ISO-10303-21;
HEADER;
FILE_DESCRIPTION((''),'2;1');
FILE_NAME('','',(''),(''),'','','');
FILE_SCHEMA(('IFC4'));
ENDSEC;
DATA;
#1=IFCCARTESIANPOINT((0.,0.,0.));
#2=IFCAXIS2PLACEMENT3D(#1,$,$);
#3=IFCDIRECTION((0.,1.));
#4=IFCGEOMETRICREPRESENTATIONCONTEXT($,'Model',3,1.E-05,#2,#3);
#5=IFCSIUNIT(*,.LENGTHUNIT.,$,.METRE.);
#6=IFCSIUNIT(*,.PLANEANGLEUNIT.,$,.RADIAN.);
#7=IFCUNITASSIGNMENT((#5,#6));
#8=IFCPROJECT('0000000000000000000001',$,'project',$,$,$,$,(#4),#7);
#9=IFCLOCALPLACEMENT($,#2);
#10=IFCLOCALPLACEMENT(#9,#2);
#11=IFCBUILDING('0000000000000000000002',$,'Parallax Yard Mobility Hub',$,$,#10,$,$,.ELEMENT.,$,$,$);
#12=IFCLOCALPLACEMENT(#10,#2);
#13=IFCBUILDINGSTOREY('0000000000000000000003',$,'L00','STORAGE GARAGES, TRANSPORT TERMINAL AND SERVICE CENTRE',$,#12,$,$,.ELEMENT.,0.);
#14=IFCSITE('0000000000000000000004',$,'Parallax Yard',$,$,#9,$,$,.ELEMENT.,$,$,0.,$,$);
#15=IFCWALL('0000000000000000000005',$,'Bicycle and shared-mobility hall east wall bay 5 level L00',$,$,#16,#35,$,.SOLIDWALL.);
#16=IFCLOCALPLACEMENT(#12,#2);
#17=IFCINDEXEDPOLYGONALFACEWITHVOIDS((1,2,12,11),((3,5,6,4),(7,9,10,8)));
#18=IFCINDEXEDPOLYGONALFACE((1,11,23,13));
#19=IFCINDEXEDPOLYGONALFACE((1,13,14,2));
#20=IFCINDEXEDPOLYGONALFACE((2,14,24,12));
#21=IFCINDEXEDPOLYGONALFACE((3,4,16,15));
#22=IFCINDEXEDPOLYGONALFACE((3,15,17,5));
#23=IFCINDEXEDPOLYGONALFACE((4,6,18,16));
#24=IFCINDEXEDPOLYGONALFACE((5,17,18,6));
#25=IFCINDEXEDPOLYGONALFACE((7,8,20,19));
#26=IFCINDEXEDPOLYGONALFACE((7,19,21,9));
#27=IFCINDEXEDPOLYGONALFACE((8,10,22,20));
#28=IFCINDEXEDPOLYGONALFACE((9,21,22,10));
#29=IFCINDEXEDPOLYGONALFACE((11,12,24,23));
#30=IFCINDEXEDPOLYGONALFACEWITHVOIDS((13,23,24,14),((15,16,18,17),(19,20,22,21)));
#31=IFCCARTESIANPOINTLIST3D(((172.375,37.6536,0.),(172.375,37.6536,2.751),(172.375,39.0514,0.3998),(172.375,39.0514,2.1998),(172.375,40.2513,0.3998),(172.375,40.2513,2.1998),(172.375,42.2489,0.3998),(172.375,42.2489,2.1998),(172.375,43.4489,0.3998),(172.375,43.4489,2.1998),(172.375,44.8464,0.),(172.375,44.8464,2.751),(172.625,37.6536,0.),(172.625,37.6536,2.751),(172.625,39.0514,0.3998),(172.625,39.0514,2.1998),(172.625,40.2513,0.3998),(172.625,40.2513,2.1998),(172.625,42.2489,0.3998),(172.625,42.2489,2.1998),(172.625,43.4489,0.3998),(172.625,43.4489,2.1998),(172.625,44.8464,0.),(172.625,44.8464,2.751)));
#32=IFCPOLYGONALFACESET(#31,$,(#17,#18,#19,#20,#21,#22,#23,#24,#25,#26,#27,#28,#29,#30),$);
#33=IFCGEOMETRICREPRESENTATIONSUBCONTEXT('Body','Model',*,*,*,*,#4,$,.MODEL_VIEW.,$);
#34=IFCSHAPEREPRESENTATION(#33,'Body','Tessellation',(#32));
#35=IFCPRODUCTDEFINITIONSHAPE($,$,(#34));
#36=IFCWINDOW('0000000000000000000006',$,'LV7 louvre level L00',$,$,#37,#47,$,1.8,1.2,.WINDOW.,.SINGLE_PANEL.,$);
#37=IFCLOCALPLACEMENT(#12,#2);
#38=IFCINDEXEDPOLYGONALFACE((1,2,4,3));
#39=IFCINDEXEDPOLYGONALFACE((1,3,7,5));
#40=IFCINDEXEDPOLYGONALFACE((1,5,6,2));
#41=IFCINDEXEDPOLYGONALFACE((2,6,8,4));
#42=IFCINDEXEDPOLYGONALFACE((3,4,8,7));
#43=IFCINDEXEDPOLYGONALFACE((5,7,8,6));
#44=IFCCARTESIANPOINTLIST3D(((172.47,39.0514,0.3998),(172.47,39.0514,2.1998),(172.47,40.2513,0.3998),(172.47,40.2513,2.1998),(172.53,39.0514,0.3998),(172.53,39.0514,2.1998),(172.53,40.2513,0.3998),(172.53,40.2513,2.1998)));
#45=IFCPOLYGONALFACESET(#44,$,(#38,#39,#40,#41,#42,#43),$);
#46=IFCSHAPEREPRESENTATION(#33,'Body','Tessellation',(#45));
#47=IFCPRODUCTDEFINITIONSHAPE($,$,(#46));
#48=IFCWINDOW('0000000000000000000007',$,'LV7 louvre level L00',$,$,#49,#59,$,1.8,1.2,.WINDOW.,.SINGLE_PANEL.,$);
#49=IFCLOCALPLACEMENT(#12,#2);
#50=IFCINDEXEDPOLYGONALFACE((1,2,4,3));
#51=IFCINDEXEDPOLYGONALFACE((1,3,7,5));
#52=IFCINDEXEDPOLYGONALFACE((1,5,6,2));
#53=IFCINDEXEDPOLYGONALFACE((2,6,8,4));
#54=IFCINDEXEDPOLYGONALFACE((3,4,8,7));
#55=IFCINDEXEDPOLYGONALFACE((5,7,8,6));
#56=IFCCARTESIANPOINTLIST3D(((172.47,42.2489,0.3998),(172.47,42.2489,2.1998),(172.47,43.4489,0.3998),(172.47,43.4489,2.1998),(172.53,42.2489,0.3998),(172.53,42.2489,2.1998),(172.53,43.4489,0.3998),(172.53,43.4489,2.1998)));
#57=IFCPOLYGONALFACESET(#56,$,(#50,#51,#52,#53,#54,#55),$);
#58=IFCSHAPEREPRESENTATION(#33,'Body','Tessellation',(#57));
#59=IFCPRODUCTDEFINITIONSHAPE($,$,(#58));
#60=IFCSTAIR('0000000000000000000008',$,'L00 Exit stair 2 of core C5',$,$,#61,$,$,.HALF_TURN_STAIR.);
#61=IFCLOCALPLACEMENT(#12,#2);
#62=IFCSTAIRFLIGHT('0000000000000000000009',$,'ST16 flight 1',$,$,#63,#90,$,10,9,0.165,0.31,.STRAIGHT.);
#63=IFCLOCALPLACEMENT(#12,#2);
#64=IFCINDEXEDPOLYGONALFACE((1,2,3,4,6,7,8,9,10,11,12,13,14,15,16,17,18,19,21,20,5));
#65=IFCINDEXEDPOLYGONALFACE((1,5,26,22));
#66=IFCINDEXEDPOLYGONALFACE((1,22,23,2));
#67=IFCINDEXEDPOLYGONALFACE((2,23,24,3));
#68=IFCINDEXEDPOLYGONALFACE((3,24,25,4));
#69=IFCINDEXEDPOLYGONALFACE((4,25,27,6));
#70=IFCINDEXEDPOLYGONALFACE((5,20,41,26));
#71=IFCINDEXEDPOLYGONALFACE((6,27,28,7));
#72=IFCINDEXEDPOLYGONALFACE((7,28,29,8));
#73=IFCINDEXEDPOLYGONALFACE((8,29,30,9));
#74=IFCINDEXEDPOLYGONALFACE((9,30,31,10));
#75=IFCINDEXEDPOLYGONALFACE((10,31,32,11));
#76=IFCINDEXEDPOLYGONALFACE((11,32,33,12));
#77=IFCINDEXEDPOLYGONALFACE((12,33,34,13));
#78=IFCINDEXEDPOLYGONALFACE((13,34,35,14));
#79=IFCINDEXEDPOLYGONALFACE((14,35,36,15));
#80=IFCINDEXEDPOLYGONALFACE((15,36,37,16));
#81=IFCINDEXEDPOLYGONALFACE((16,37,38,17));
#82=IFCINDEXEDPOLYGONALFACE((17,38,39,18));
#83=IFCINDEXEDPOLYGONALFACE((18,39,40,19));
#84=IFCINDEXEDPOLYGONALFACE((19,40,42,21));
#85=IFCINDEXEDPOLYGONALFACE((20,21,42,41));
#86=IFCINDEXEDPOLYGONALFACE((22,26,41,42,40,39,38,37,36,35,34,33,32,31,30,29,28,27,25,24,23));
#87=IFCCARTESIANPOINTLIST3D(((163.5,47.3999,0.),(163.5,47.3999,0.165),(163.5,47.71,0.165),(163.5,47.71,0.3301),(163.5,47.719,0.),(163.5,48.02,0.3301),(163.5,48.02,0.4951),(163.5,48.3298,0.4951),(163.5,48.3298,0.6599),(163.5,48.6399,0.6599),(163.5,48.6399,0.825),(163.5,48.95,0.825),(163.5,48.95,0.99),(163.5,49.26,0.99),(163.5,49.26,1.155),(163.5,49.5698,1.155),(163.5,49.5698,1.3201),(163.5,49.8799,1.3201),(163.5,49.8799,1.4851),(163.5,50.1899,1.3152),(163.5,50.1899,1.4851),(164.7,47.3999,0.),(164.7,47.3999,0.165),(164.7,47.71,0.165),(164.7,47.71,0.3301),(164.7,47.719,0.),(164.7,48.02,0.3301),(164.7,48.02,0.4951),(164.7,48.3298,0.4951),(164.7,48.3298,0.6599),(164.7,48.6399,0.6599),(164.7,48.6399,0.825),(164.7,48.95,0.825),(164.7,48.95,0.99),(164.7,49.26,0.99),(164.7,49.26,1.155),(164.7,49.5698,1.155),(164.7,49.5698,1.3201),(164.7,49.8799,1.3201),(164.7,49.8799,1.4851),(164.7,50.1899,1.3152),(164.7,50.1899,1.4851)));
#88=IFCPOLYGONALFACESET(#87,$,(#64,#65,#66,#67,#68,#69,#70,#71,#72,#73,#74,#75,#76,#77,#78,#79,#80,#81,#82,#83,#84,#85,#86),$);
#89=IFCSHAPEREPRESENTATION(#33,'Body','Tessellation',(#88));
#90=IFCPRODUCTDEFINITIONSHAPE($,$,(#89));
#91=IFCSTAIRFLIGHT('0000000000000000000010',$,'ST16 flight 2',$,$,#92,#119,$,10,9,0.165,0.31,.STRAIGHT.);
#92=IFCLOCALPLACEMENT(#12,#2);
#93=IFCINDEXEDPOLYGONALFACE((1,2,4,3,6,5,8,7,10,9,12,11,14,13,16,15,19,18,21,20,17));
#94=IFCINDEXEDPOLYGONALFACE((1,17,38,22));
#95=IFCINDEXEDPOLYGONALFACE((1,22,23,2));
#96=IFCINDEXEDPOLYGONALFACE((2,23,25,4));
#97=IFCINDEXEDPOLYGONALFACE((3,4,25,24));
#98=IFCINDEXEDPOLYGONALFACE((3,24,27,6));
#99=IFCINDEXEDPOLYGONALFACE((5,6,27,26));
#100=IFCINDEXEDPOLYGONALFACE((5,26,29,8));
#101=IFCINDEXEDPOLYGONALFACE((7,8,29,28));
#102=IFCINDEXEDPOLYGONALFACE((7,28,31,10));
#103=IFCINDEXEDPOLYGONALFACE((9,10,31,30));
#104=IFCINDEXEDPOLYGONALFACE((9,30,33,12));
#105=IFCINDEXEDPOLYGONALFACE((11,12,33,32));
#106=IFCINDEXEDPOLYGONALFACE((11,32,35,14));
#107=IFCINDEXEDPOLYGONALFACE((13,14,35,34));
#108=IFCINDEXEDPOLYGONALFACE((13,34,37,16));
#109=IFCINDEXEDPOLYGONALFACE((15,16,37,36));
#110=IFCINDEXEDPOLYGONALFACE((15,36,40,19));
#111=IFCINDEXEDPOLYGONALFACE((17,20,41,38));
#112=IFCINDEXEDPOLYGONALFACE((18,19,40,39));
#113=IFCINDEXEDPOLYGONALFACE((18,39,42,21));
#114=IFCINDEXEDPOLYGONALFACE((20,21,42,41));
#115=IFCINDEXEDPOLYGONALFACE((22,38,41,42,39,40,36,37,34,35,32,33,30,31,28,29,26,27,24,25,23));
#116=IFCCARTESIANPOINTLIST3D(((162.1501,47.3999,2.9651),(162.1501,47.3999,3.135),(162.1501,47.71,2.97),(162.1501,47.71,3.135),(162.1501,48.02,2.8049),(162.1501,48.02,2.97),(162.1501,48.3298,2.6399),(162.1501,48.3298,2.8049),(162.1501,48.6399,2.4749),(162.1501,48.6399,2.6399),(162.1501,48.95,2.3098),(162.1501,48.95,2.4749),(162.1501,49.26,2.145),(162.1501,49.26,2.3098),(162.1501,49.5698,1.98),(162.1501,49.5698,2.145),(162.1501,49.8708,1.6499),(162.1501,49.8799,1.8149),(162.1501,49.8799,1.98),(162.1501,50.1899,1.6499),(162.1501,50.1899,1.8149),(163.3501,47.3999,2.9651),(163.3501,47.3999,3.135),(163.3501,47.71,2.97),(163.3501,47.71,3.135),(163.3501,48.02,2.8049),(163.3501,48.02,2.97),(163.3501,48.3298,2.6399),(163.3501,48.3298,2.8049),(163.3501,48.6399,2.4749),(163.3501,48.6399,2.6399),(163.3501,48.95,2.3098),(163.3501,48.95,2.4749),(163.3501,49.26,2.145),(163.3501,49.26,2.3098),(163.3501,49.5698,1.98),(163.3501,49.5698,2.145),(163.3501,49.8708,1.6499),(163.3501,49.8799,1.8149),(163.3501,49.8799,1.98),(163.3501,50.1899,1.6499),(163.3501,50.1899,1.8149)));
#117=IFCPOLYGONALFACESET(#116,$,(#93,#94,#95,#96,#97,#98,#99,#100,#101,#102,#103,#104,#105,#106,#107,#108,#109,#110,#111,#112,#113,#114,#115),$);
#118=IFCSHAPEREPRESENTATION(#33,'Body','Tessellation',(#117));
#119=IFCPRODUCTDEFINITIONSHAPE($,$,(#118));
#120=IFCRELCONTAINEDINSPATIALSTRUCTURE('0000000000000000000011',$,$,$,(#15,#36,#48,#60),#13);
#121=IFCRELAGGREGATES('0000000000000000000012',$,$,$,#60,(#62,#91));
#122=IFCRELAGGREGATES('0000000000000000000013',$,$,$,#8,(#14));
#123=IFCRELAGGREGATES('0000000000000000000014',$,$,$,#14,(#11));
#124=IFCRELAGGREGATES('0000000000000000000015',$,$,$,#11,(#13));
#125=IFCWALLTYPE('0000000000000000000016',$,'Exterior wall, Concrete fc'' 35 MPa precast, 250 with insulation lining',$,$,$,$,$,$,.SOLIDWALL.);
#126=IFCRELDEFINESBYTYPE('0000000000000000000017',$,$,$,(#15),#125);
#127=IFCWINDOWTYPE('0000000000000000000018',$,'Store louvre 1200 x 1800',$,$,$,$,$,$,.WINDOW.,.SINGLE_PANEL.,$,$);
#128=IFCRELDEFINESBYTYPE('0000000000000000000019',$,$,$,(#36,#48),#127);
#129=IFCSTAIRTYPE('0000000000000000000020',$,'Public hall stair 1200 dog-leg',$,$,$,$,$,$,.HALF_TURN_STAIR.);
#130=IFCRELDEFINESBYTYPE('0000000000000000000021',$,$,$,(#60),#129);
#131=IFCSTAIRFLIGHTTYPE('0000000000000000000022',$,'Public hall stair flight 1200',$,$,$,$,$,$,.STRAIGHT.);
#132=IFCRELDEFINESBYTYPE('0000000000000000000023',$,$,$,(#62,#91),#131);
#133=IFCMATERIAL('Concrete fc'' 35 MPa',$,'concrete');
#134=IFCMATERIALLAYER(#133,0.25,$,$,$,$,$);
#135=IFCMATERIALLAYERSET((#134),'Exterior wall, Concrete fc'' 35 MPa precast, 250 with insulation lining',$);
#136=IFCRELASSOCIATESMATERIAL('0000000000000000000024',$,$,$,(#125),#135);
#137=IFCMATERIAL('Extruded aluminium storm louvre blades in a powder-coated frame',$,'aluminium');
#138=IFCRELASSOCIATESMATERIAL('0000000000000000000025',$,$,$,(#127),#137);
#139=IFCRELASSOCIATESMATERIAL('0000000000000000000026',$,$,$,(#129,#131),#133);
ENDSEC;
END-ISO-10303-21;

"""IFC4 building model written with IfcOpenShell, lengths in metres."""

from ifc_helpers import new_model, si_unit, direction, frame, frame_2d, origin, place, context, subcontext, project, spatial, polyline, rectangle, outline, extrude, material, layer, layer_set, type_object, element, fill, aggregate, save


model = new_model("IFC4")

# Units and contexts
model_context = context("Model", 3, precision=1e-05, world=origin(), true_north=direction((0.0, 1.0)))
body_context = subcontext(model_context, "Body", "Model", "MODEL_VIEW")
ifc_project = project(units=[si_unit("LENGTHUNIT", "METRE"), si_unit("PLANEANGLEUNIT", "RADIAN")], contexts=[model_context])

# Site, building, storey
site_placement = place(None, origin())
site = spatial("IfcSite", under=ifc_project, at=site_placement, Name="Parallax Yard", CompositionType="ELEMENT", RefElevation=0.0)
building_placement = place(site_placement, origin())
building = spatial("IfcBuilding", under=site, at=building_placement, Name="Parallax Yard Mobility Hub", CompositionType="ELEMENT")
storey_placement = place(building_placement, origin())
storey = spatial("IfcBuildingStorey", under=building, at=storey_placement, Name="L00", Description="STORAGE GARAGES, TRANSPORT TERMINAL AND SERVICE CENTRE", CompositionType="ELEMENT", Elevation=0.0)

# Shared definitions
ifc_material_1 = material(Name="Concrete fc' 35 MPa", Category="concrete")

# Wall, openings, windows
ifc_layer_1 = layer(ifc_material_1, 0.25)
ifc_layer_set_1 = layer_set([ifc_layer_1], Name="Exterior wall, Concrete fc' 35 MPa precast, 250 with insulation lining")
wall_type_1 = type_object("IfcWallType", Name="Exterior wall, Concrete fc' 35 MPa precast, 250 with insulation lining", PredefinedType="SOLIDWALL", material=ifc_layer_set_1)
wall_1_placement = place(storey_placement, frame((172.5, 37.6536, 0.0), z_axis=(0.0, 0.0, 1.0), x_axis=(0.0, 1.0, 0.0)))
wall_1 = element("IfcWall", 1, at=wall_1_placement, inside=storey, type_object=wall_type_1, Name="Bicycle and shared-mobility hall east wall bay 5 level L00", PredefinedType="SOLIDWALL", context=body_context, shape_type="SweptSolid", body=[
    extrude(rectangle(XDim=7.1929, YDim=0.25, at=frame_2d((3.5964, 0.0))), origin(), (0.0, 0.0, 1.0), 2.751),
])
opening_1_placement = place(wall_1_placement, frame((1.3977, 0.0, 0.3999)))
opening_1 = element("IfcOpeningElement", 2, at=opening_1_placement, cuts=wall_1, PredefinedType="OPENING", context=body_context, shape_type="SweptSolid", body=[
    extrude(rectangle(XDim=1.2, YDim=1.8, at=frame_2d((0.6001, 0.8999))), frame((0.0, 0.135, 0.0), z_axis=(0.0, -1.0, 0.0), x_axis=(1.0, 0.0, 0.0)), (0.0, 0.0, 1.0), 0.27),
])
opening_2_placement = place(wall_1_placement, frame((4.5952, 0.0, 0.3999)))
opening_2 = element("IfcOpeningElement", 3, at=opening_2_placement, cuts=wall_1, PredefinedType="OPENING", context=body_context, shape_type="SweptSolid", body=[
    extrude(rectangle(XDim=1.2, YDim=1.8, at=frame_2d((0.6001, 0.8999))), frame((0.0, 0.135, 0.0), z_axis=(0.0, -1.0, 0.0), x_axis=(1.0, 0.0, 0.0)), (0.0, 0.0, 1.0), 0.27),
])
ifc_material_2 = material(Name="Extruded aluminium storm louvre blades in a powder-coated frame", Category="aluminium")
window_type = type_object("IfcWindowType", Name="Store louvre 1200 x 1800", PartitioningType="SINGLE_PANEL", PredefinedType="WINDOW", material=ifc_material_2)
window_1_placement = place(opening_1_placement, origin())
window_1 = element("IfcWindow", 4, at=window_1_placement, inside=storey, type_object=window_type, Name="LV7 louvre level L00", OverallHeight=1.8, OverallWidth=1.2, PartitioningType="SINGLE_PANEL", PredefinedType="WINDOW", context=body_context, shape_type="SweptSolid", body=[
    extrude(rectangle(XDim=1.2, YDim=1.8, at=frame_2d((0.6001, 0.8999))), frame((0.0, 0.03, 0.0), z_axis=(0.0, -1.0, 0.0), x_axis=(1.0, 0.0, 0.0)), (0.0, 0.0, 1.0), 0.0601),
])
fill(opening_1, window_1)
window_2_placement = place(opening_2_placement, origin())
window_2 = element("IfcWindow", 5, at=window_2_placement, inside=storey, type_object=window_type, Name="LV7 louvre level L00", OverallHeight=1.8, OverallWidth=1.2, PartitioningType="SINGLE_PANEL", PredefinedType="WINDOW", context=body_context, shape_type="SweptSolid", body=[
    extrude(rectangle(XDim=1.2, YDim=1.8, at=frame_2d((0.6001, 0.8999))), frame((0.0, 0.03, 0.0), z_axis=(0.0, -1.0, 0.0), x_axis=(1.0, 0.0, 0.0)), (0.0, 0.0, 1.0), 0.0601),
])
fill(opening_2, window_2)

# Stair, stair flights
stair_type = type_object("IfcStairType", Name="Public hall stair 1200 dog-leg", PredefinedType="HALF_TURN_STAIR", material=ifc_material_1)
stair_placement = place(storey_placement, origin())
stair = element("IfcStair", 6, at=stair_placement, inside=storey, type_object=stair_type, Name="L00 Exit stair 2 of core C5", PredefinedType="HALF_TURN_STAIR")
stair_flight_type = type_object("IfcStairFlightType", Name="Public hall stair flight 1200", PredefinedType="STRAIGHT", material=ifc_material_1)
stair_flight_1_placement = place(storey_placement, frame((164.1001, 47.3999, 0.0), z_axis=(0.0, 0.0, 1.0), x_axis=(0.0, 1.0, 0.0)))
stair_flight_1 = element("IfcStairFlight", 7, at=stair_flight_1_placement, type_object=stair_flight_type, Name="ST16 flight 1", NumberOfRisers=10, NumberOfTreads=9, PredefinedType="STRAIGHT", RiserHeight=0.165, TreadLength=0.31, context=body_context, shape_type="SweptSolid", body=[
    extrude(outline(polyline([(0.0, 0.0), (0.0, 0.165), (0.3101, 0.165), (0.3101, 0.3301), (0.6201, 0.3301), (0.6201, 0.4951), (0.9299, 0.4951), (0.9299, 0.6599), (1.24, 0.6599), (1.24, 0.825), (1.55, 0.825), (1.55, 0.99), (1.8601, 0.99), (1.8601, 1.155), (2.1699, 1.155), (2.1699, 1.3201), (2.48, 1.3201), (2.48, 1.4851), (2.79, 1.4851), (2.79, 1.6499), (2.79, 1.3152), (0.3191, 0.0), (0.0, 0.0)])), frame((0.0, 0.6001, 0.0), z_axis=(0.0, -1.0, 0.0), x_axis=(1.0, 0.0, 0.0)), (0.0, 0.0, 1.0), 1.2),
])
stair_flight_2_placement = place(storey_placement, frame((162.75, 50.1899, 1.6499), z_axis=(0.0, 0.0, 1.0), x_axis=(0.0, -1.0, 0.0)))
stair_flight_2 = element("IfcStairFlight", 8, at=stair_flight_2_placement, type_object=stair_flight_type, Name="ST16 flight 2", NumberOfRisers=10, NumberOfTreads=9, PredefinedType="STRAIGHT", RiserHeight=0.165, TreadLength=0.31, context=body_context, shape_type="SweptSolid", body=[
    extrude(outline(polyline([(0.0, 0.0), (0.0, 0.165), (0.3101, 0.165), (0.3101, 0.3301), (0.6201, 0.3301), (0.6201, 0.4951), (0.9299, 0.4951), (0.9299, 0.6599), (1.24, 0.6599), (1.24, 0.825), (1.55, 0.825), (1.55, 0.99), (1.8601, 0.99), (1.8601, 1.155), (2.1699, 1.155), (2.1699, 1.3201), (2.48, 1.3201), (2.48, 1.4851), (2.79, 1.4851), (2.79, 1.6499), (2.79, 1.3152), (0.3191, 0.0), (0.0, 0.0)])), frame((0.0, 0.6001, 0.0), z_axis=(0.0, -1.0, 0.0), x_axis=(1.0, 0.0, 0.0)), (0.0, 0.0, 1.0), 1.2),
])
aggregate(stair, [stair_flight_1, stair_flight_2])

save(model, "model.ifc")
